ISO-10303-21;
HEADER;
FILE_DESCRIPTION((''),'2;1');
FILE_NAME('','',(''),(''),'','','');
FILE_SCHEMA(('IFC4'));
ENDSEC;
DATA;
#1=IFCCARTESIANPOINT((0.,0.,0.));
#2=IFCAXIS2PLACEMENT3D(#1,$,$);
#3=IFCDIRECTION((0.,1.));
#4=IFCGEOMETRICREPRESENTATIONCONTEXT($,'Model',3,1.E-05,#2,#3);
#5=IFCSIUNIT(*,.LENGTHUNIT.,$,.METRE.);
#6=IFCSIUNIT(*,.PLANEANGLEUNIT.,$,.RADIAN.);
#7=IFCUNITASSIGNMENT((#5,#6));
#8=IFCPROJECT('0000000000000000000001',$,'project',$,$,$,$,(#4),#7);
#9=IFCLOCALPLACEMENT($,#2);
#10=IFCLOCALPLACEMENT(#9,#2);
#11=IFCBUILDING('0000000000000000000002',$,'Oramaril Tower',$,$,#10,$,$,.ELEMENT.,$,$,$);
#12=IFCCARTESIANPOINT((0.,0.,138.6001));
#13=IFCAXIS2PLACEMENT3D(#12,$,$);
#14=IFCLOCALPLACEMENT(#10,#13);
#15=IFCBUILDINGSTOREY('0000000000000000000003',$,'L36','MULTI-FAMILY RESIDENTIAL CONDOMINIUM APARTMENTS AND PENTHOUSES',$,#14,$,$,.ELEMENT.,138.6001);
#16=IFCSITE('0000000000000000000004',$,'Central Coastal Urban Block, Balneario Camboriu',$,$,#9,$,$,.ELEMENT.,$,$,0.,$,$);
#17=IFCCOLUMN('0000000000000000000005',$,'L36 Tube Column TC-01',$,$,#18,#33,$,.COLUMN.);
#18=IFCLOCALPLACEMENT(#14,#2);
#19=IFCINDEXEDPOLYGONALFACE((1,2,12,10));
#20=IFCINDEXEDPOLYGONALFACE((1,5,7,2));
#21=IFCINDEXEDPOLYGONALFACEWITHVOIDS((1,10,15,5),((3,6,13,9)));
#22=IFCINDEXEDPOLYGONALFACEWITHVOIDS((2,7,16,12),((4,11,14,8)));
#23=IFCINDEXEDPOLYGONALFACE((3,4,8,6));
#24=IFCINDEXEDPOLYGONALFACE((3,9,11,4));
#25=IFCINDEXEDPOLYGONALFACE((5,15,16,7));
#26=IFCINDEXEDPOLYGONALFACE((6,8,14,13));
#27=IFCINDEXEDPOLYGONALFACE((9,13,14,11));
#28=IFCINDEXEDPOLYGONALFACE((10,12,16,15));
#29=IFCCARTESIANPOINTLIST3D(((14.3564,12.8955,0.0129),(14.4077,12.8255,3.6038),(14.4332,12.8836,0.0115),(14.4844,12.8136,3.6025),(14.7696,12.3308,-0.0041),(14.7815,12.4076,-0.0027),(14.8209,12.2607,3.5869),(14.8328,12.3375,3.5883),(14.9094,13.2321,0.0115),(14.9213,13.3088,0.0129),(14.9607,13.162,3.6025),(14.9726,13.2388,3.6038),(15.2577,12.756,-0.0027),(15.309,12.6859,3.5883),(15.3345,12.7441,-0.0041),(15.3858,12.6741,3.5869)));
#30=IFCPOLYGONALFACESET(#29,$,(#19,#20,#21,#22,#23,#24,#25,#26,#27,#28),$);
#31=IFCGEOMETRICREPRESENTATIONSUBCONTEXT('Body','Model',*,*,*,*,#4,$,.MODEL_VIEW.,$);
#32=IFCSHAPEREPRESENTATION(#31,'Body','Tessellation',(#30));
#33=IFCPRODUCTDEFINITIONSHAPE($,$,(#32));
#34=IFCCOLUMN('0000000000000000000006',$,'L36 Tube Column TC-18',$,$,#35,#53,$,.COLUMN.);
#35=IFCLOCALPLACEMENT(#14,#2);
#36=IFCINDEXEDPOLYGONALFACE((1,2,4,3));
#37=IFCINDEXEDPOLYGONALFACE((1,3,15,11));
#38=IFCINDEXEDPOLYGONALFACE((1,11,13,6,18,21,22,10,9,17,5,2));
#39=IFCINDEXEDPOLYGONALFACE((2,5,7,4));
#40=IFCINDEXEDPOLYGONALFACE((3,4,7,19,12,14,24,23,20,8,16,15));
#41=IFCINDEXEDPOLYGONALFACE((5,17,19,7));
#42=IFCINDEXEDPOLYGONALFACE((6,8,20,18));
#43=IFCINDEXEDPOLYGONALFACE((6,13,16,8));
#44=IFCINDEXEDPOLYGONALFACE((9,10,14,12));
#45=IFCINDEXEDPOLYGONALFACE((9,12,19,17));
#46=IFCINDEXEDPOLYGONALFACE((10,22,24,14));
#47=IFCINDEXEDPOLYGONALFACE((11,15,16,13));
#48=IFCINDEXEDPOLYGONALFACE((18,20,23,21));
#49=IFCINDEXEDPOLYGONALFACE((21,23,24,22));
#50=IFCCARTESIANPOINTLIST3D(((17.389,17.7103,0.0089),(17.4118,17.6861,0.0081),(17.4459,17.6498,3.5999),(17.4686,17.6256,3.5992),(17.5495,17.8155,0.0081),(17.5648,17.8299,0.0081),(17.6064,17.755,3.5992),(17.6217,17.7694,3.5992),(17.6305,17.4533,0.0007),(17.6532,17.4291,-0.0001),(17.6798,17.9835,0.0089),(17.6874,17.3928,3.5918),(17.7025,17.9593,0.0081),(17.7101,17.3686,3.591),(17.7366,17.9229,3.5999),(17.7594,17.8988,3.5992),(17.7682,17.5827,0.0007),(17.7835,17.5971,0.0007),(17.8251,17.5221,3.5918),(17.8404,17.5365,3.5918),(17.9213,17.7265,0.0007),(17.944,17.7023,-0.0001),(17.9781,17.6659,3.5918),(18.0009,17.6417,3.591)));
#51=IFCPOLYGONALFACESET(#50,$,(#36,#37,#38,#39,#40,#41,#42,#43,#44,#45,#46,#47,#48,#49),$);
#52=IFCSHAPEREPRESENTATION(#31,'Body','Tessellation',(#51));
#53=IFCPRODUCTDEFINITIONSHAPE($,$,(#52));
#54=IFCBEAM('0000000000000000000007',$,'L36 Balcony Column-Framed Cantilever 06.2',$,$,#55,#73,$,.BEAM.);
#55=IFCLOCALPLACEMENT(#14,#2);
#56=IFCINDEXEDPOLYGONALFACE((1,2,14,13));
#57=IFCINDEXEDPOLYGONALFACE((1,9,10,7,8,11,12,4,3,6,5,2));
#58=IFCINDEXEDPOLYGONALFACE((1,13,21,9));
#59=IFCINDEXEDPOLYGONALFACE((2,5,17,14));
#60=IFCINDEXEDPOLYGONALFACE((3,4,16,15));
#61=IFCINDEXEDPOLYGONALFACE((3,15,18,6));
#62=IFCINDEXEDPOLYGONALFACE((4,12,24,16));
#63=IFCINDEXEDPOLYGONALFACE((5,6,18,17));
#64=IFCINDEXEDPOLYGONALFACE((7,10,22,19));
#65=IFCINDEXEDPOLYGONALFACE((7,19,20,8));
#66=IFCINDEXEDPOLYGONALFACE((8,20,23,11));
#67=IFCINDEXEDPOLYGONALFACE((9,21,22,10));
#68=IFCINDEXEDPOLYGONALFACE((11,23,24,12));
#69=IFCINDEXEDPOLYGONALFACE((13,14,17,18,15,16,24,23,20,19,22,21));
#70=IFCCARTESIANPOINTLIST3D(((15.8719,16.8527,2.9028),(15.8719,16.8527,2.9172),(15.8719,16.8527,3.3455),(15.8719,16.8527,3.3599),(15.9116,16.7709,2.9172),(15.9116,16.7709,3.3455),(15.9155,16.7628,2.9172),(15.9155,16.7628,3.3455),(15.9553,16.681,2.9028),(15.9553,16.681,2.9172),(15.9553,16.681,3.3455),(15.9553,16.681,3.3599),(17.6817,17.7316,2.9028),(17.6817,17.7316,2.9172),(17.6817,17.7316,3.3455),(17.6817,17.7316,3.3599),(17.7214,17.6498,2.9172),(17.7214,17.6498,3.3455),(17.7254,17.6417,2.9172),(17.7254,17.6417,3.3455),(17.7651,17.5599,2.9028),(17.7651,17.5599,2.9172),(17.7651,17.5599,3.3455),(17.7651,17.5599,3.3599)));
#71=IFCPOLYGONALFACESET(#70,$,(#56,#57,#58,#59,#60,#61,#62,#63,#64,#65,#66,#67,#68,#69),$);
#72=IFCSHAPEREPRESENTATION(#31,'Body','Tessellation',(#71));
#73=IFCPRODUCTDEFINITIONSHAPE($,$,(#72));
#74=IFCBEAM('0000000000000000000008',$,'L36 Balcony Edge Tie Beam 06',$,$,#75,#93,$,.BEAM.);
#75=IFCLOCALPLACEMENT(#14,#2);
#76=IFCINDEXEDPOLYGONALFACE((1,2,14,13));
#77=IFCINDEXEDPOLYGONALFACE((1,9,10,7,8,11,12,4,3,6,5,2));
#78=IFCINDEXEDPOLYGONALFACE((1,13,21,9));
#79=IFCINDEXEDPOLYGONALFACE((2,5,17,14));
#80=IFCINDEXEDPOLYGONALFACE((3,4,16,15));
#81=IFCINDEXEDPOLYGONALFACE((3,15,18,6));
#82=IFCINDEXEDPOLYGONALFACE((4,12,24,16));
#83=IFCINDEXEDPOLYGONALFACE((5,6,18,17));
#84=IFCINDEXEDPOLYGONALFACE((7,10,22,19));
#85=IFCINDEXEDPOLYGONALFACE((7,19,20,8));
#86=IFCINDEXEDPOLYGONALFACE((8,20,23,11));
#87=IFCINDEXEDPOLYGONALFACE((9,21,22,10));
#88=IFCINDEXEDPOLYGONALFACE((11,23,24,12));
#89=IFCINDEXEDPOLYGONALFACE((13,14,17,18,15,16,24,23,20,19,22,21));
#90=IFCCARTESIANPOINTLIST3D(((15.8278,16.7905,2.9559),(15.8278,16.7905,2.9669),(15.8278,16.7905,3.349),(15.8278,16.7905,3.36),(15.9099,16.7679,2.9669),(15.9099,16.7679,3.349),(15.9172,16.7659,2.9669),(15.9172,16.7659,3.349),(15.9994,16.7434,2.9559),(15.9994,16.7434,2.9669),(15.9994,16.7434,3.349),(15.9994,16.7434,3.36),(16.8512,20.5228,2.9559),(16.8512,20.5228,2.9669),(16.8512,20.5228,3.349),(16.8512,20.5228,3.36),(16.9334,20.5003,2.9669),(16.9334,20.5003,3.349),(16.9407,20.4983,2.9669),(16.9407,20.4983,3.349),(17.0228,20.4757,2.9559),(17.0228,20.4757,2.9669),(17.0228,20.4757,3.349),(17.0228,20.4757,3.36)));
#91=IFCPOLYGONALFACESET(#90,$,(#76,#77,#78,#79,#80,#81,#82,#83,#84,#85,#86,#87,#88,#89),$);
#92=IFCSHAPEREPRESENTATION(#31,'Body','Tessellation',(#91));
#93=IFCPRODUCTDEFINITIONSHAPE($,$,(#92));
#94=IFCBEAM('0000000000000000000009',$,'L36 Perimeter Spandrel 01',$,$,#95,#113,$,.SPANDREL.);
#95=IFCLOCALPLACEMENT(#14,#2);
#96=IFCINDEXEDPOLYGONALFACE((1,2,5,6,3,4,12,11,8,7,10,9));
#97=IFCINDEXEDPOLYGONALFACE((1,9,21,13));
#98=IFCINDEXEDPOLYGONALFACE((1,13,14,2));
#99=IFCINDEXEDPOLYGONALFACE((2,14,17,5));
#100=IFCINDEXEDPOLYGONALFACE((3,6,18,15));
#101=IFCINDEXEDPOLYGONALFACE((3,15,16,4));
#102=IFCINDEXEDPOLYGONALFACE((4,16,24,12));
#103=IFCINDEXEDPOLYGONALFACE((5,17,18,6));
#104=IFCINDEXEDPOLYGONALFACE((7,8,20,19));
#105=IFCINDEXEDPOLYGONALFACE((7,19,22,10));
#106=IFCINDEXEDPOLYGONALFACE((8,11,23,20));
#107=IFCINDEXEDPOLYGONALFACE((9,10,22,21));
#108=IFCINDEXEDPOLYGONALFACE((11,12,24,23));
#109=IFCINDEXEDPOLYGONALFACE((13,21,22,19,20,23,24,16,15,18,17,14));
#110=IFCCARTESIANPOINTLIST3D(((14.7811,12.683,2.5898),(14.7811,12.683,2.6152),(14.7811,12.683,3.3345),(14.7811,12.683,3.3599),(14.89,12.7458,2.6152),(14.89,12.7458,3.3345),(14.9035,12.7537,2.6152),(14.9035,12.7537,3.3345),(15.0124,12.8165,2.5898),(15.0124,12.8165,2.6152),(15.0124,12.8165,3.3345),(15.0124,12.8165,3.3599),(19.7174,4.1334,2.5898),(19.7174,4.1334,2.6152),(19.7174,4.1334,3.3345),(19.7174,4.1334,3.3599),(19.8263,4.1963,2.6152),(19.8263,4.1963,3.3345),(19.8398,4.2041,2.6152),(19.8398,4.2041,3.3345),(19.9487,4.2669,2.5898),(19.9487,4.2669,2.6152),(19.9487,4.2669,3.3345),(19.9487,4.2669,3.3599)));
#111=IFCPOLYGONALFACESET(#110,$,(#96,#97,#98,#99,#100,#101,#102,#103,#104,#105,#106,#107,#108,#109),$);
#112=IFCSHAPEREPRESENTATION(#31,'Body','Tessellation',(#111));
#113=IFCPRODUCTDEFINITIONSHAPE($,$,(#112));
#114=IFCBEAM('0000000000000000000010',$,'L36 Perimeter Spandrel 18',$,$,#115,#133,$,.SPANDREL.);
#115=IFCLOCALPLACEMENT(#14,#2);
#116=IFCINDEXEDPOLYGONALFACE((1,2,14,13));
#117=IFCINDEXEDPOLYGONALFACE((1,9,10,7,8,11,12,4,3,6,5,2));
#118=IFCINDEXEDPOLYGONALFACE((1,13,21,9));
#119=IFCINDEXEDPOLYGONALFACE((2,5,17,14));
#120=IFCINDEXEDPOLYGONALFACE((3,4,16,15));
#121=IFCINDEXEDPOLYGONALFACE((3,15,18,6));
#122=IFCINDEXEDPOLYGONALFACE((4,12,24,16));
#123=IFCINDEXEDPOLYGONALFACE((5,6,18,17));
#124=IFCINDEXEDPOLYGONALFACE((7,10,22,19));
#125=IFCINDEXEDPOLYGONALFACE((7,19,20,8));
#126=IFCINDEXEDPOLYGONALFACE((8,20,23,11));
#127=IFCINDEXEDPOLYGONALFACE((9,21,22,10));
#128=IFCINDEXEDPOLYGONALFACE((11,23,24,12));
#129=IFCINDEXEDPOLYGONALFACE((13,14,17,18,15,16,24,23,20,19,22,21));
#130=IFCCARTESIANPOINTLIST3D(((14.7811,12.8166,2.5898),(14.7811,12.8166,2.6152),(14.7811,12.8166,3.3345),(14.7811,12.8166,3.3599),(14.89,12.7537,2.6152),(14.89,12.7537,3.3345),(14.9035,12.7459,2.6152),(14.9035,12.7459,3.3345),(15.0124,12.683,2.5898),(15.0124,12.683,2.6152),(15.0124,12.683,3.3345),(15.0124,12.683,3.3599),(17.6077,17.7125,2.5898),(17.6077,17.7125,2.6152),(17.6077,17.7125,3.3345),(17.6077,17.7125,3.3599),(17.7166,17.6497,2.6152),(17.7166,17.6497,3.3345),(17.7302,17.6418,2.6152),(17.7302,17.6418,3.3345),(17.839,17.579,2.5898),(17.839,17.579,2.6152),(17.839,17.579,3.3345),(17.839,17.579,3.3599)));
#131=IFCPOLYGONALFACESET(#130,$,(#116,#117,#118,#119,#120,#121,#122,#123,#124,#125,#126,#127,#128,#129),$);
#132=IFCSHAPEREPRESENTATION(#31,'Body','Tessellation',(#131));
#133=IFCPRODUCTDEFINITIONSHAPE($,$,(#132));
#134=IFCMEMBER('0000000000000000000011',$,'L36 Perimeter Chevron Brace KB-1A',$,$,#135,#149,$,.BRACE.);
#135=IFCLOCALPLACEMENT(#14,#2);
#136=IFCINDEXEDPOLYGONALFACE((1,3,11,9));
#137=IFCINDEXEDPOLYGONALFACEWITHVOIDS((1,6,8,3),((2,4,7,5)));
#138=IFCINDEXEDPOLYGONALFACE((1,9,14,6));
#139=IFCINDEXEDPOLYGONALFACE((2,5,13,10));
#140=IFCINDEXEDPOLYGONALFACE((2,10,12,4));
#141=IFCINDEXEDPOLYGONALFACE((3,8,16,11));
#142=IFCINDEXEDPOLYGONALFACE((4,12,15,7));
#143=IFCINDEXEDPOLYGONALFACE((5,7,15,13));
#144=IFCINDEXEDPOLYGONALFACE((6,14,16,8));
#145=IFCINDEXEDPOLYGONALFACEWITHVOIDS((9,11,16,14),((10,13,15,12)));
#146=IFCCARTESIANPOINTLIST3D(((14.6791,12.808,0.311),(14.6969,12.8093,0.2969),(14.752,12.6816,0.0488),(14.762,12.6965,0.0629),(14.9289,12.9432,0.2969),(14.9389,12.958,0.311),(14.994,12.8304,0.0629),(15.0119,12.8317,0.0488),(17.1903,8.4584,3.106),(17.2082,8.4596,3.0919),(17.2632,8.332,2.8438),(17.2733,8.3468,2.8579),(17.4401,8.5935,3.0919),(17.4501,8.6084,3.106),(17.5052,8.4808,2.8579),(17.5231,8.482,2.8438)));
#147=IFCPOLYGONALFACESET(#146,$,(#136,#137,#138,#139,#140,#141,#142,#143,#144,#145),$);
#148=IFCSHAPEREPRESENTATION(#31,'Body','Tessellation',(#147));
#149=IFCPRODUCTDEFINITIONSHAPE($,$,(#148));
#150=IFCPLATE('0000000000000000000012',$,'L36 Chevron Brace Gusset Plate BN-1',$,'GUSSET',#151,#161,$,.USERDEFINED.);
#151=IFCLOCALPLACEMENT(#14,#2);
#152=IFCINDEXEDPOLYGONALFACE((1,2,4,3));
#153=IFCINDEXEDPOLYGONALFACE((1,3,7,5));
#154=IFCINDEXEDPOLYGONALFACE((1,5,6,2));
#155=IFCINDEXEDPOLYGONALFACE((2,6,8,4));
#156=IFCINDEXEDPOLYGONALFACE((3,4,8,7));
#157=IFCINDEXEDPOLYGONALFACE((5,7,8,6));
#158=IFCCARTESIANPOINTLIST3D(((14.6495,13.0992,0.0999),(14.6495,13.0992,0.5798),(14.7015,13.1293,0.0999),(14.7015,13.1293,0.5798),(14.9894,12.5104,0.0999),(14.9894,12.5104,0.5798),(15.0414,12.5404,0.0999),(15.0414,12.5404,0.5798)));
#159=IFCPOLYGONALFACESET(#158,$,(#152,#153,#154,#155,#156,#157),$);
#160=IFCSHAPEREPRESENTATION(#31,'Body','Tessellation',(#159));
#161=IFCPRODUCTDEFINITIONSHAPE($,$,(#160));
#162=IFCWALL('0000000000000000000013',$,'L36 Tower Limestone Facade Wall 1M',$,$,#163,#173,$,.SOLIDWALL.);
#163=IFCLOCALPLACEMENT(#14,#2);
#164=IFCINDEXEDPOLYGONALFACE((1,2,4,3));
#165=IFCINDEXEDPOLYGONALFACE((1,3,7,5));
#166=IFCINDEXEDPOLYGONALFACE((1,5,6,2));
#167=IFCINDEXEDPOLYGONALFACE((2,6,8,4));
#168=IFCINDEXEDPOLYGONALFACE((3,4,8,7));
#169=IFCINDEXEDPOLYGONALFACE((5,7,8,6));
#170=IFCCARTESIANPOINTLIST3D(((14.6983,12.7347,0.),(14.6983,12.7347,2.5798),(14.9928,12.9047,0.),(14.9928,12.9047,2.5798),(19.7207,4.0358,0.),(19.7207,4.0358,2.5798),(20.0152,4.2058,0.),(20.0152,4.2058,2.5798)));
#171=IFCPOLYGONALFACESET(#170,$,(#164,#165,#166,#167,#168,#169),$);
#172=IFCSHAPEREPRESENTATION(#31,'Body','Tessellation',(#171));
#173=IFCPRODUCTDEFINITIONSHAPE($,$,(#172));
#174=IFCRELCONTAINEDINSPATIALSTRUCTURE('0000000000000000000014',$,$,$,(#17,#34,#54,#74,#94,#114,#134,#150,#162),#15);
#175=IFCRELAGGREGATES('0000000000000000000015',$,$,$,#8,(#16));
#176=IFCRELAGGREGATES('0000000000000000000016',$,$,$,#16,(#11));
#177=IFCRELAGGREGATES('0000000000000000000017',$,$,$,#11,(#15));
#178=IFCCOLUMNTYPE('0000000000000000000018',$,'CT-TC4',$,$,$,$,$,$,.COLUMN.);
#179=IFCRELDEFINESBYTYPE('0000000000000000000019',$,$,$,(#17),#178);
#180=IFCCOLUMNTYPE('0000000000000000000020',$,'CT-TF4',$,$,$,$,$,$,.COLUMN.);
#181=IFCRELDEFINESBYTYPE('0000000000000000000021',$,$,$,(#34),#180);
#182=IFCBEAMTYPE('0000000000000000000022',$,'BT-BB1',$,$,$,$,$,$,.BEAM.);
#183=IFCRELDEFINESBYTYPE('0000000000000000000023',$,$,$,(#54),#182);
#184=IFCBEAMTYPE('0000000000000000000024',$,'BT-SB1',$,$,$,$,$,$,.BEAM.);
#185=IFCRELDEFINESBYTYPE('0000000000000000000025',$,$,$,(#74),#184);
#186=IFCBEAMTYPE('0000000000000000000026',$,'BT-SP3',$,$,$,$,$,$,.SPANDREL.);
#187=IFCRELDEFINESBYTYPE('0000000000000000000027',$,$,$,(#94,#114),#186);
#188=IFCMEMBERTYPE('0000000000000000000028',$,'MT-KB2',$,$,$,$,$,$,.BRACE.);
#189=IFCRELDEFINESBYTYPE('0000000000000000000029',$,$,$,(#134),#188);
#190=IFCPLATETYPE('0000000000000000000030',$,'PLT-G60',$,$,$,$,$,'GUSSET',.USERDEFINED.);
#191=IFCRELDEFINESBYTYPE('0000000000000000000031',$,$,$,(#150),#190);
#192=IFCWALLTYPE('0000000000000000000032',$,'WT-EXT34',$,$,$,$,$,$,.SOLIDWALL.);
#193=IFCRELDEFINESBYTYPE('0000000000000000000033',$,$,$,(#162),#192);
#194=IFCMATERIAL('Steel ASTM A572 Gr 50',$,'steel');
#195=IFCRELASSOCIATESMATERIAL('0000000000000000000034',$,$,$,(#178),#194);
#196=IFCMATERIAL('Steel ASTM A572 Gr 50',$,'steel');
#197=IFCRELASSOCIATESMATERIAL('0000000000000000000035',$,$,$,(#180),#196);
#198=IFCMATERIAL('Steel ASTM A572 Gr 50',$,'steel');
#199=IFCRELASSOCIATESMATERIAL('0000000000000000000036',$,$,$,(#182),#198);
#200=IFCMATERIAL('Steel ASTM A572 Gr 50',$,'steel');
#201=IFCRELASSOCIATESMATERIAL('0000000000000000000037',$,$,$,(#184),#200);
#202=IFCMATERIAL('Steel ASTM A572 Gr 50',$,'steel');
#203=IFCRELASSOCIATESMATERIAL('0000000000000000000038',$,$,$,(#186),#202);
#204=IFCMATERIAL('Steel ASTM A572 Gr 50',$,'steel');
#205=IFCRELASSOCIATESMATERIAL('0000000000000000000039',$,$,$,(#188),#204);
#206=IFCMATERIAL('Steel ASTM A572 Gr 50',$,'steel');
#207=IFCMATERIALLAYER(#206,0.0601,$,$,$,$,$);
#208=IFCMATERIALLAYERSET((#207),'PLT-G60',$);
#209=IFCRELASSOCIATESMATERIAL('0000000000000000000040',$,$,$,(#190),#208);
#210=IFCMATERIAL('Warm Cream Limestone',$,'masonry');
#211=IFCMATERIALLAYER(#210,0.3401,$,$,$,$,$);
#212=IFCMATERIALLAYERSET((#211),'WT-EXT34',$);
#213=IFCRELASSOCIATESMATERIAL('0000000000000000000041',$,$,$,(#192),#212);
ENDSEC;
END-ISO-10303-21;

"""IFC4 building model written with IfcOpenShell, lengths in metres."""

from ifc_helpers import new_model, si_unit, direction, frame, frame_2d, origin, origin_2d, place, context, subcontext, project, spatial, rectangle, hollow_rectangle, i_section, extrude, material, layer, layer_set, material_profile, profile_set, type_object, element, save


model = new_model("IFC4")

# Units and contexts
model_context = context("Model", 3, precision=1e-05, world=origin(), true_north=direction((0.0, 1.0)))
body_context = subcontext(model_context, "Body", "Model", "MODEL_VIEW")
ifc_project = project(units=[si_unit("LENGTHUNIT", "METRE"), si_unit("PLANEANGLEUNIT", "RADIAN")], contexts=[model_context])

# Site, building, storey
site_placement = place(None, origin())
site = spatial("IfcSite", under=ifc_project, at=site_placement, Name="Central Coastal Urban Block, Balneario Camboriu", CompositionType="ELEMENT", RefElevation=0.0)
building_placement = place(site_placement, origin())
building = spatial("IfcBuilding", under=site, at=building_placement, Name="Oramaril Tower", CompositionType="ELEMENT")
storey_placement = place(building_placement, frame((0.0, 0.0, 138.6001)))
storey = spatial("IfcBuildingStorey", under=building, at=storey_placement, Name="L36", Description="MULTI-FAMILY RESIDENTIAL CONDOMINIUM APARTMENTS AND PENTHOUSES", CompositionType="ELEMENT", Elevation=138.6001)

# Columns
ifc_material_1 = material(Name="Steel ASTM A572 Gr 50", Category="steel")
ifc_material_profile_1 = material_profile(ifc_material_1, hollow_rectangle(XDim=0.7, YDim=0.7, WallThickness=0.0549, at=origin_2d()), Name="BOX700X700X55")
ifc_profile_set_1 = profile_set([ifc_material_profile_1], Name="Steel ASTM A572 Gr 50")
column_type_1 = type_object("IfcColumnType", Name="CT-TC4", PredefinedType="COLUMN", material=ifc_profile_set_1)
column_1_placement = place(storey_placement, frame((14.8455, 12.8198, 0.0044), z_axis=(0.014273, -0.019506, 0.999708), x_axis=(0.80703, 0.59051, 0.0)))
element("IfcColumn", 1, at=column_1_placement, inside=storey, type_object=column_type_1, Name="L36 Tube Column TC-01", PredefinedType="COLUMN", context=body_context, shape_type="SweptSolid", body=[
    extrude(hollow_rectangle(XDim=0.7, YDim=0.7, WallThickness=0.0549, at=origin_2d()), origin(), (0.0, 0.0, 1.0), 3.592),
])
ifc_material_2 = material(Name="Steel ASTM A572 Gr 50", Category="steel")
ifc_material_profile_2 = material_profile(ifc_material_2, i_section(OverallWidth=0.3989, OverallDepth=0.386, WebThickness=0.021, FlangeThickness=0.0332, at=origin_2d()), Name="W14X176")
ifc_profile_set_2 = profile_set([ifc_material_profile_2], Name="Steel ASTM A572 Gr 50")
column_type_2 = type_object("IfcColumnType", Name="CT-TF4", PredefinedType="COLUMN", material=ifc_profile_set_2)
column_2_placement = place(storey_placement, frame((17.6665, 17.7063, 0.0044), z_axis=(0.015836, -0.016856, 0.999733), x_axis=(0.728804, 0.684723, 0.0)))
element("IfcColumn", 2, at=column_2_placement, inside=storey, type_object=column_type_2, Name="L36 Tube Column TC-18", PredefinedType="COLUMN", context=body_context, shape_type="SweptSolid", body=[
    extrude(i_section(OverallWidth=0.3989, OverallDepth=0.386, WebThickness=0.021, FlangeThickness=0.0332, at=origin_2d()), origin(), (0.0, 0.0, 1.0), 3.592),
])

# Beams
ifc_material_3 = material(Name="Steel ASTM A572 Gr 50", Category="steel")
ifc_material_profile_3 = material_profile(ifc_material_3, i_section(OverallWidth=0.1909, OverallDepth=0.457, WebThickness=0.009, FlangeThickness=0.0144, at=origin_2d()), Name="W18X50")
ifc_profile_set_3 = profile_set([ifc_material_profile_3], Name="Steel ASTM A572 Gr 50")
beam_type_1 = type_object("IfcBeamType", Name="BT-BB1", PredefinedType="BEAM", material=ifc_profile_set_3)
beam_1_placement = place(storey_placement, frame((17.7234, 17.6458, 3.1313), z_axis=(-0.899537, -0.436845, 0.0), x_axis=(0.436845, -0.899537, 0.0)))
element("IfcBeam", 3, at=beam_1_placement, inside=storey, type_object=beam_type_1, Name="L36 Balcony Column-Framed Cantilever 06.2", PredefinedType="BEAM", context=body_context, shape_type="SweptSolid", body=[
    extrude(i_section(OverallWidth=0.1909, OverallDepth=0.457, WebThickness=0.009, FlangeThickness=0.0144, at=origin_2d()), origin(), (0.0, 0.0, 1.0), 2.012),
])
ifc_material_4 = material(Name="Steel ASTM A572 Gr 50", Category="steel")
ifc_material_profile_4 = material_profile(ifc_material_4, i_section(OverallWidth=0.178, OverallDepth=0.4041, WebThickness=0.0076, FlangeThickness=0.011, at=origin_2d()), Name="W16X36")
ifc_profile_set_4 = profile_set([ifc_material_profile_4], Name="Steel ASTM A572 Gr 50")
beam_type_2 = type_object("IfcBeamType", Name="BT-SB1", PredefinedType="BEAM", material=ifc_profile_set_4)
beam_2_placement = place(storey_placement, frame((16.937, 20.4993, 3.158), z_axis=(-0.264441, -0.964402, 0.0), x_axis=(0.964402, -0.264441, 0.0)))
element("IfcBeam", 4, at=beam_2_placement, inside=storey, type_object=beam_type_2, Name="L36 Balcony Edge Tie Beam 06", PredefinedType="BEAM", context=body_context, shape_type="SweptSolid", body=[
    extrude(i_section(OverallWidth=0.178, OverallDepth=0.4041, WebThickness=0.0076, FlangeThickness=0.011, at=origin_2d()), origin(), (0.0, 0.0, 1.0), 3.8701),
])
ifc_material_5 = material(Name="Steel ASTM A572 Gr 50", Category="steel")
ifc_material_profile_5 = material_profile(ifc_material_5, i_section(OverallWidth=0.2671, OverallDepth=0.77, WebThickness=0.0156, FlangeThickness=0.0254, at=origin_2d()), Name="W30X132")
ifc_profile_set_5 = profile_set([ifc_material_profile_5], Name="Steel ASTM A572 Gr 50")
beam_type_3 = type_object("IfcBeamType", Name="BT-SP3", PredefinedType="SPANDREL", material=ifc_profile_set_5)
beam_3_placement = place(storey_placement, frame((14.8967, 12.7498, 2.9749), z_axis=(0.500014, -0.866017, 0.0), x_axis=(0.866017, 0.500014, 0.0)))
element("IfcBeam", 5, at=beam_3_placement, inside=storey, type_object=beam_type_3, Name="L36 Perimeter Spandrel 01", PredefinedType="SPANDREL", context=body_context, shape_type="SweptSolid", body=[
    extrude(i_section(OverallWidth=0.2671, OverallDepth=0.77, WebThickness=0.0156, FlangeThickness=0.0254, at=origin_2d()), origin(), (0.0, 0.0, 1.0), 9.8723),
])
beam_4_placement = place(storey_placement, frame((17.7234, 17.6458, 2.9749), z_axis=(-0.499994, -0.866029, 0.0), x_axis=(0.866029, -0.499994, 0.0)))
element("IfcBeam", 6, at=beam_4_placement, inside=storey, type_object=beam_type_3, Name="L36 Perimeter Spandrel 18", PredefinedType="SPANDREL", context=body_context, shape_type="SweptSolid", body=[
    extrude(i_section(OverallWidth=0.2671, OverallDepth=0.77, WebThickness=0.0156, FlangeThickness=0.0254, at=origin_2d()), origin(), (0.0, 0.0, 1.0), 5.6533),
])

# Member
ifc_material_6 = material(Name="Steel ASTM A572 Gr 50", Category="steel")
ifc_material_profile_6 = material_profile(ifc_material_6, hollow_rectangle(XDim=0.3, YDim=0.3, WallThickness=0.0161, at=origin_2d()), Name="HSS300X300X16")
ifc_profile_set_6 = profile_set([ifc_material_profile_6], Name="Steel ASTM A572 Gr 50")
member_type = type_object("IfcMemberType", Name="MT-KB2", PredefinedType="BRACE", material=ifc_profile_set_6)
member_placement = place(storey_placement, frame((14.8455, 12.8198, 0.1799), z_axis=(0.436904, -0.756746, 0.486261), x_axis=(0.866027, 0.499997, 0.0)))
element("IfcMember", 7, at=member_placement, inside=storey, type_object=member_type, Name="L36 Perimeter Chevron Brace KB-1A", PredefinedType="BRACE", context=body_context, shape_type="SweptSolid", body=[
    extrude(hollow_rectangle(XDim=0.3, YDim=0.3, WallThickness=0.0161, at=origin_2d()), origin(), (0.0, 0.0, 1.0), 5.7478),
])

# Plate
ifc_material_7 = material(Name="Steel ASTM A572 Gr 50", Category="steel")
ifc_layer_1 = layer(ifc_material_7, 0.0601)
ifc_layer_set_1 = layer_set([ifc_layer_1], Name="PLT-G60")
plate_type = type_object("IfcPlateType", Name="PLT-G60", ElementType="GUSSET", PredefinedType="USERDEFINED", material=ifc_layer_set_1)
plate_placement = place(storey_placement, frame((14.8455, 12.8198, 0.0999), z_axis=(0.0, 0.0, 1.0), x_axis=(0.500002, -0.866025, 0.0)))
element("IfcPlate", 8, at=plate_placement, inside=storey, type_object=plate_type, Name="L36 Chevron Brace Gusset Plate BN-1", ObjectType="GUSSET", PredefinedType="USERDEFINED", context=body_context, shape_type="SweptSolid", body=[
    extrude(rectangle(XDim=0.6799, YDim=0.0601, at=origin_2d()), origin(), (0.0, 0.0, 1.0), 0.48),
])

# Wall
ifc_material_8 = material(Name="Warm Cream Limestone", Category="masonry")
ifc_layer_2 = layer(ifc_material_8, 0.3401)
ifc_layer_set_2 = layer_set([ifc_layer_2], Name="WT-EXT34")
wall_type_1 = type_object("IfcWallType", Name="WT-EXT34", PredefinedType="SOLIDWALL", material=ifc_layer_set_2)
wall_1_placement = place(storey_placement, frame((14.8455, 12.8198, 0.0), z_axis=(0.0, 0.0, 1.0), x_axis=(0.500008, -0.866021, 0.0)))
element("IfcWall", 9, at=wall_1_placement, inside=storey, type_object=wall_type_1, Name="L36 Tower Limestone Facade Wall 1M", PredefinedType="SOLIDWALL", context=body_context, shape_type="SweptSolid", body=[
    extrude(rectangle(XDim=10.0447, YDim=0.3401, at=frame_2d((5.0225, 0.0))), origin(), (0.0, 0.0, 1.0), 2.5798),
])

save(model, "model.ifc")
